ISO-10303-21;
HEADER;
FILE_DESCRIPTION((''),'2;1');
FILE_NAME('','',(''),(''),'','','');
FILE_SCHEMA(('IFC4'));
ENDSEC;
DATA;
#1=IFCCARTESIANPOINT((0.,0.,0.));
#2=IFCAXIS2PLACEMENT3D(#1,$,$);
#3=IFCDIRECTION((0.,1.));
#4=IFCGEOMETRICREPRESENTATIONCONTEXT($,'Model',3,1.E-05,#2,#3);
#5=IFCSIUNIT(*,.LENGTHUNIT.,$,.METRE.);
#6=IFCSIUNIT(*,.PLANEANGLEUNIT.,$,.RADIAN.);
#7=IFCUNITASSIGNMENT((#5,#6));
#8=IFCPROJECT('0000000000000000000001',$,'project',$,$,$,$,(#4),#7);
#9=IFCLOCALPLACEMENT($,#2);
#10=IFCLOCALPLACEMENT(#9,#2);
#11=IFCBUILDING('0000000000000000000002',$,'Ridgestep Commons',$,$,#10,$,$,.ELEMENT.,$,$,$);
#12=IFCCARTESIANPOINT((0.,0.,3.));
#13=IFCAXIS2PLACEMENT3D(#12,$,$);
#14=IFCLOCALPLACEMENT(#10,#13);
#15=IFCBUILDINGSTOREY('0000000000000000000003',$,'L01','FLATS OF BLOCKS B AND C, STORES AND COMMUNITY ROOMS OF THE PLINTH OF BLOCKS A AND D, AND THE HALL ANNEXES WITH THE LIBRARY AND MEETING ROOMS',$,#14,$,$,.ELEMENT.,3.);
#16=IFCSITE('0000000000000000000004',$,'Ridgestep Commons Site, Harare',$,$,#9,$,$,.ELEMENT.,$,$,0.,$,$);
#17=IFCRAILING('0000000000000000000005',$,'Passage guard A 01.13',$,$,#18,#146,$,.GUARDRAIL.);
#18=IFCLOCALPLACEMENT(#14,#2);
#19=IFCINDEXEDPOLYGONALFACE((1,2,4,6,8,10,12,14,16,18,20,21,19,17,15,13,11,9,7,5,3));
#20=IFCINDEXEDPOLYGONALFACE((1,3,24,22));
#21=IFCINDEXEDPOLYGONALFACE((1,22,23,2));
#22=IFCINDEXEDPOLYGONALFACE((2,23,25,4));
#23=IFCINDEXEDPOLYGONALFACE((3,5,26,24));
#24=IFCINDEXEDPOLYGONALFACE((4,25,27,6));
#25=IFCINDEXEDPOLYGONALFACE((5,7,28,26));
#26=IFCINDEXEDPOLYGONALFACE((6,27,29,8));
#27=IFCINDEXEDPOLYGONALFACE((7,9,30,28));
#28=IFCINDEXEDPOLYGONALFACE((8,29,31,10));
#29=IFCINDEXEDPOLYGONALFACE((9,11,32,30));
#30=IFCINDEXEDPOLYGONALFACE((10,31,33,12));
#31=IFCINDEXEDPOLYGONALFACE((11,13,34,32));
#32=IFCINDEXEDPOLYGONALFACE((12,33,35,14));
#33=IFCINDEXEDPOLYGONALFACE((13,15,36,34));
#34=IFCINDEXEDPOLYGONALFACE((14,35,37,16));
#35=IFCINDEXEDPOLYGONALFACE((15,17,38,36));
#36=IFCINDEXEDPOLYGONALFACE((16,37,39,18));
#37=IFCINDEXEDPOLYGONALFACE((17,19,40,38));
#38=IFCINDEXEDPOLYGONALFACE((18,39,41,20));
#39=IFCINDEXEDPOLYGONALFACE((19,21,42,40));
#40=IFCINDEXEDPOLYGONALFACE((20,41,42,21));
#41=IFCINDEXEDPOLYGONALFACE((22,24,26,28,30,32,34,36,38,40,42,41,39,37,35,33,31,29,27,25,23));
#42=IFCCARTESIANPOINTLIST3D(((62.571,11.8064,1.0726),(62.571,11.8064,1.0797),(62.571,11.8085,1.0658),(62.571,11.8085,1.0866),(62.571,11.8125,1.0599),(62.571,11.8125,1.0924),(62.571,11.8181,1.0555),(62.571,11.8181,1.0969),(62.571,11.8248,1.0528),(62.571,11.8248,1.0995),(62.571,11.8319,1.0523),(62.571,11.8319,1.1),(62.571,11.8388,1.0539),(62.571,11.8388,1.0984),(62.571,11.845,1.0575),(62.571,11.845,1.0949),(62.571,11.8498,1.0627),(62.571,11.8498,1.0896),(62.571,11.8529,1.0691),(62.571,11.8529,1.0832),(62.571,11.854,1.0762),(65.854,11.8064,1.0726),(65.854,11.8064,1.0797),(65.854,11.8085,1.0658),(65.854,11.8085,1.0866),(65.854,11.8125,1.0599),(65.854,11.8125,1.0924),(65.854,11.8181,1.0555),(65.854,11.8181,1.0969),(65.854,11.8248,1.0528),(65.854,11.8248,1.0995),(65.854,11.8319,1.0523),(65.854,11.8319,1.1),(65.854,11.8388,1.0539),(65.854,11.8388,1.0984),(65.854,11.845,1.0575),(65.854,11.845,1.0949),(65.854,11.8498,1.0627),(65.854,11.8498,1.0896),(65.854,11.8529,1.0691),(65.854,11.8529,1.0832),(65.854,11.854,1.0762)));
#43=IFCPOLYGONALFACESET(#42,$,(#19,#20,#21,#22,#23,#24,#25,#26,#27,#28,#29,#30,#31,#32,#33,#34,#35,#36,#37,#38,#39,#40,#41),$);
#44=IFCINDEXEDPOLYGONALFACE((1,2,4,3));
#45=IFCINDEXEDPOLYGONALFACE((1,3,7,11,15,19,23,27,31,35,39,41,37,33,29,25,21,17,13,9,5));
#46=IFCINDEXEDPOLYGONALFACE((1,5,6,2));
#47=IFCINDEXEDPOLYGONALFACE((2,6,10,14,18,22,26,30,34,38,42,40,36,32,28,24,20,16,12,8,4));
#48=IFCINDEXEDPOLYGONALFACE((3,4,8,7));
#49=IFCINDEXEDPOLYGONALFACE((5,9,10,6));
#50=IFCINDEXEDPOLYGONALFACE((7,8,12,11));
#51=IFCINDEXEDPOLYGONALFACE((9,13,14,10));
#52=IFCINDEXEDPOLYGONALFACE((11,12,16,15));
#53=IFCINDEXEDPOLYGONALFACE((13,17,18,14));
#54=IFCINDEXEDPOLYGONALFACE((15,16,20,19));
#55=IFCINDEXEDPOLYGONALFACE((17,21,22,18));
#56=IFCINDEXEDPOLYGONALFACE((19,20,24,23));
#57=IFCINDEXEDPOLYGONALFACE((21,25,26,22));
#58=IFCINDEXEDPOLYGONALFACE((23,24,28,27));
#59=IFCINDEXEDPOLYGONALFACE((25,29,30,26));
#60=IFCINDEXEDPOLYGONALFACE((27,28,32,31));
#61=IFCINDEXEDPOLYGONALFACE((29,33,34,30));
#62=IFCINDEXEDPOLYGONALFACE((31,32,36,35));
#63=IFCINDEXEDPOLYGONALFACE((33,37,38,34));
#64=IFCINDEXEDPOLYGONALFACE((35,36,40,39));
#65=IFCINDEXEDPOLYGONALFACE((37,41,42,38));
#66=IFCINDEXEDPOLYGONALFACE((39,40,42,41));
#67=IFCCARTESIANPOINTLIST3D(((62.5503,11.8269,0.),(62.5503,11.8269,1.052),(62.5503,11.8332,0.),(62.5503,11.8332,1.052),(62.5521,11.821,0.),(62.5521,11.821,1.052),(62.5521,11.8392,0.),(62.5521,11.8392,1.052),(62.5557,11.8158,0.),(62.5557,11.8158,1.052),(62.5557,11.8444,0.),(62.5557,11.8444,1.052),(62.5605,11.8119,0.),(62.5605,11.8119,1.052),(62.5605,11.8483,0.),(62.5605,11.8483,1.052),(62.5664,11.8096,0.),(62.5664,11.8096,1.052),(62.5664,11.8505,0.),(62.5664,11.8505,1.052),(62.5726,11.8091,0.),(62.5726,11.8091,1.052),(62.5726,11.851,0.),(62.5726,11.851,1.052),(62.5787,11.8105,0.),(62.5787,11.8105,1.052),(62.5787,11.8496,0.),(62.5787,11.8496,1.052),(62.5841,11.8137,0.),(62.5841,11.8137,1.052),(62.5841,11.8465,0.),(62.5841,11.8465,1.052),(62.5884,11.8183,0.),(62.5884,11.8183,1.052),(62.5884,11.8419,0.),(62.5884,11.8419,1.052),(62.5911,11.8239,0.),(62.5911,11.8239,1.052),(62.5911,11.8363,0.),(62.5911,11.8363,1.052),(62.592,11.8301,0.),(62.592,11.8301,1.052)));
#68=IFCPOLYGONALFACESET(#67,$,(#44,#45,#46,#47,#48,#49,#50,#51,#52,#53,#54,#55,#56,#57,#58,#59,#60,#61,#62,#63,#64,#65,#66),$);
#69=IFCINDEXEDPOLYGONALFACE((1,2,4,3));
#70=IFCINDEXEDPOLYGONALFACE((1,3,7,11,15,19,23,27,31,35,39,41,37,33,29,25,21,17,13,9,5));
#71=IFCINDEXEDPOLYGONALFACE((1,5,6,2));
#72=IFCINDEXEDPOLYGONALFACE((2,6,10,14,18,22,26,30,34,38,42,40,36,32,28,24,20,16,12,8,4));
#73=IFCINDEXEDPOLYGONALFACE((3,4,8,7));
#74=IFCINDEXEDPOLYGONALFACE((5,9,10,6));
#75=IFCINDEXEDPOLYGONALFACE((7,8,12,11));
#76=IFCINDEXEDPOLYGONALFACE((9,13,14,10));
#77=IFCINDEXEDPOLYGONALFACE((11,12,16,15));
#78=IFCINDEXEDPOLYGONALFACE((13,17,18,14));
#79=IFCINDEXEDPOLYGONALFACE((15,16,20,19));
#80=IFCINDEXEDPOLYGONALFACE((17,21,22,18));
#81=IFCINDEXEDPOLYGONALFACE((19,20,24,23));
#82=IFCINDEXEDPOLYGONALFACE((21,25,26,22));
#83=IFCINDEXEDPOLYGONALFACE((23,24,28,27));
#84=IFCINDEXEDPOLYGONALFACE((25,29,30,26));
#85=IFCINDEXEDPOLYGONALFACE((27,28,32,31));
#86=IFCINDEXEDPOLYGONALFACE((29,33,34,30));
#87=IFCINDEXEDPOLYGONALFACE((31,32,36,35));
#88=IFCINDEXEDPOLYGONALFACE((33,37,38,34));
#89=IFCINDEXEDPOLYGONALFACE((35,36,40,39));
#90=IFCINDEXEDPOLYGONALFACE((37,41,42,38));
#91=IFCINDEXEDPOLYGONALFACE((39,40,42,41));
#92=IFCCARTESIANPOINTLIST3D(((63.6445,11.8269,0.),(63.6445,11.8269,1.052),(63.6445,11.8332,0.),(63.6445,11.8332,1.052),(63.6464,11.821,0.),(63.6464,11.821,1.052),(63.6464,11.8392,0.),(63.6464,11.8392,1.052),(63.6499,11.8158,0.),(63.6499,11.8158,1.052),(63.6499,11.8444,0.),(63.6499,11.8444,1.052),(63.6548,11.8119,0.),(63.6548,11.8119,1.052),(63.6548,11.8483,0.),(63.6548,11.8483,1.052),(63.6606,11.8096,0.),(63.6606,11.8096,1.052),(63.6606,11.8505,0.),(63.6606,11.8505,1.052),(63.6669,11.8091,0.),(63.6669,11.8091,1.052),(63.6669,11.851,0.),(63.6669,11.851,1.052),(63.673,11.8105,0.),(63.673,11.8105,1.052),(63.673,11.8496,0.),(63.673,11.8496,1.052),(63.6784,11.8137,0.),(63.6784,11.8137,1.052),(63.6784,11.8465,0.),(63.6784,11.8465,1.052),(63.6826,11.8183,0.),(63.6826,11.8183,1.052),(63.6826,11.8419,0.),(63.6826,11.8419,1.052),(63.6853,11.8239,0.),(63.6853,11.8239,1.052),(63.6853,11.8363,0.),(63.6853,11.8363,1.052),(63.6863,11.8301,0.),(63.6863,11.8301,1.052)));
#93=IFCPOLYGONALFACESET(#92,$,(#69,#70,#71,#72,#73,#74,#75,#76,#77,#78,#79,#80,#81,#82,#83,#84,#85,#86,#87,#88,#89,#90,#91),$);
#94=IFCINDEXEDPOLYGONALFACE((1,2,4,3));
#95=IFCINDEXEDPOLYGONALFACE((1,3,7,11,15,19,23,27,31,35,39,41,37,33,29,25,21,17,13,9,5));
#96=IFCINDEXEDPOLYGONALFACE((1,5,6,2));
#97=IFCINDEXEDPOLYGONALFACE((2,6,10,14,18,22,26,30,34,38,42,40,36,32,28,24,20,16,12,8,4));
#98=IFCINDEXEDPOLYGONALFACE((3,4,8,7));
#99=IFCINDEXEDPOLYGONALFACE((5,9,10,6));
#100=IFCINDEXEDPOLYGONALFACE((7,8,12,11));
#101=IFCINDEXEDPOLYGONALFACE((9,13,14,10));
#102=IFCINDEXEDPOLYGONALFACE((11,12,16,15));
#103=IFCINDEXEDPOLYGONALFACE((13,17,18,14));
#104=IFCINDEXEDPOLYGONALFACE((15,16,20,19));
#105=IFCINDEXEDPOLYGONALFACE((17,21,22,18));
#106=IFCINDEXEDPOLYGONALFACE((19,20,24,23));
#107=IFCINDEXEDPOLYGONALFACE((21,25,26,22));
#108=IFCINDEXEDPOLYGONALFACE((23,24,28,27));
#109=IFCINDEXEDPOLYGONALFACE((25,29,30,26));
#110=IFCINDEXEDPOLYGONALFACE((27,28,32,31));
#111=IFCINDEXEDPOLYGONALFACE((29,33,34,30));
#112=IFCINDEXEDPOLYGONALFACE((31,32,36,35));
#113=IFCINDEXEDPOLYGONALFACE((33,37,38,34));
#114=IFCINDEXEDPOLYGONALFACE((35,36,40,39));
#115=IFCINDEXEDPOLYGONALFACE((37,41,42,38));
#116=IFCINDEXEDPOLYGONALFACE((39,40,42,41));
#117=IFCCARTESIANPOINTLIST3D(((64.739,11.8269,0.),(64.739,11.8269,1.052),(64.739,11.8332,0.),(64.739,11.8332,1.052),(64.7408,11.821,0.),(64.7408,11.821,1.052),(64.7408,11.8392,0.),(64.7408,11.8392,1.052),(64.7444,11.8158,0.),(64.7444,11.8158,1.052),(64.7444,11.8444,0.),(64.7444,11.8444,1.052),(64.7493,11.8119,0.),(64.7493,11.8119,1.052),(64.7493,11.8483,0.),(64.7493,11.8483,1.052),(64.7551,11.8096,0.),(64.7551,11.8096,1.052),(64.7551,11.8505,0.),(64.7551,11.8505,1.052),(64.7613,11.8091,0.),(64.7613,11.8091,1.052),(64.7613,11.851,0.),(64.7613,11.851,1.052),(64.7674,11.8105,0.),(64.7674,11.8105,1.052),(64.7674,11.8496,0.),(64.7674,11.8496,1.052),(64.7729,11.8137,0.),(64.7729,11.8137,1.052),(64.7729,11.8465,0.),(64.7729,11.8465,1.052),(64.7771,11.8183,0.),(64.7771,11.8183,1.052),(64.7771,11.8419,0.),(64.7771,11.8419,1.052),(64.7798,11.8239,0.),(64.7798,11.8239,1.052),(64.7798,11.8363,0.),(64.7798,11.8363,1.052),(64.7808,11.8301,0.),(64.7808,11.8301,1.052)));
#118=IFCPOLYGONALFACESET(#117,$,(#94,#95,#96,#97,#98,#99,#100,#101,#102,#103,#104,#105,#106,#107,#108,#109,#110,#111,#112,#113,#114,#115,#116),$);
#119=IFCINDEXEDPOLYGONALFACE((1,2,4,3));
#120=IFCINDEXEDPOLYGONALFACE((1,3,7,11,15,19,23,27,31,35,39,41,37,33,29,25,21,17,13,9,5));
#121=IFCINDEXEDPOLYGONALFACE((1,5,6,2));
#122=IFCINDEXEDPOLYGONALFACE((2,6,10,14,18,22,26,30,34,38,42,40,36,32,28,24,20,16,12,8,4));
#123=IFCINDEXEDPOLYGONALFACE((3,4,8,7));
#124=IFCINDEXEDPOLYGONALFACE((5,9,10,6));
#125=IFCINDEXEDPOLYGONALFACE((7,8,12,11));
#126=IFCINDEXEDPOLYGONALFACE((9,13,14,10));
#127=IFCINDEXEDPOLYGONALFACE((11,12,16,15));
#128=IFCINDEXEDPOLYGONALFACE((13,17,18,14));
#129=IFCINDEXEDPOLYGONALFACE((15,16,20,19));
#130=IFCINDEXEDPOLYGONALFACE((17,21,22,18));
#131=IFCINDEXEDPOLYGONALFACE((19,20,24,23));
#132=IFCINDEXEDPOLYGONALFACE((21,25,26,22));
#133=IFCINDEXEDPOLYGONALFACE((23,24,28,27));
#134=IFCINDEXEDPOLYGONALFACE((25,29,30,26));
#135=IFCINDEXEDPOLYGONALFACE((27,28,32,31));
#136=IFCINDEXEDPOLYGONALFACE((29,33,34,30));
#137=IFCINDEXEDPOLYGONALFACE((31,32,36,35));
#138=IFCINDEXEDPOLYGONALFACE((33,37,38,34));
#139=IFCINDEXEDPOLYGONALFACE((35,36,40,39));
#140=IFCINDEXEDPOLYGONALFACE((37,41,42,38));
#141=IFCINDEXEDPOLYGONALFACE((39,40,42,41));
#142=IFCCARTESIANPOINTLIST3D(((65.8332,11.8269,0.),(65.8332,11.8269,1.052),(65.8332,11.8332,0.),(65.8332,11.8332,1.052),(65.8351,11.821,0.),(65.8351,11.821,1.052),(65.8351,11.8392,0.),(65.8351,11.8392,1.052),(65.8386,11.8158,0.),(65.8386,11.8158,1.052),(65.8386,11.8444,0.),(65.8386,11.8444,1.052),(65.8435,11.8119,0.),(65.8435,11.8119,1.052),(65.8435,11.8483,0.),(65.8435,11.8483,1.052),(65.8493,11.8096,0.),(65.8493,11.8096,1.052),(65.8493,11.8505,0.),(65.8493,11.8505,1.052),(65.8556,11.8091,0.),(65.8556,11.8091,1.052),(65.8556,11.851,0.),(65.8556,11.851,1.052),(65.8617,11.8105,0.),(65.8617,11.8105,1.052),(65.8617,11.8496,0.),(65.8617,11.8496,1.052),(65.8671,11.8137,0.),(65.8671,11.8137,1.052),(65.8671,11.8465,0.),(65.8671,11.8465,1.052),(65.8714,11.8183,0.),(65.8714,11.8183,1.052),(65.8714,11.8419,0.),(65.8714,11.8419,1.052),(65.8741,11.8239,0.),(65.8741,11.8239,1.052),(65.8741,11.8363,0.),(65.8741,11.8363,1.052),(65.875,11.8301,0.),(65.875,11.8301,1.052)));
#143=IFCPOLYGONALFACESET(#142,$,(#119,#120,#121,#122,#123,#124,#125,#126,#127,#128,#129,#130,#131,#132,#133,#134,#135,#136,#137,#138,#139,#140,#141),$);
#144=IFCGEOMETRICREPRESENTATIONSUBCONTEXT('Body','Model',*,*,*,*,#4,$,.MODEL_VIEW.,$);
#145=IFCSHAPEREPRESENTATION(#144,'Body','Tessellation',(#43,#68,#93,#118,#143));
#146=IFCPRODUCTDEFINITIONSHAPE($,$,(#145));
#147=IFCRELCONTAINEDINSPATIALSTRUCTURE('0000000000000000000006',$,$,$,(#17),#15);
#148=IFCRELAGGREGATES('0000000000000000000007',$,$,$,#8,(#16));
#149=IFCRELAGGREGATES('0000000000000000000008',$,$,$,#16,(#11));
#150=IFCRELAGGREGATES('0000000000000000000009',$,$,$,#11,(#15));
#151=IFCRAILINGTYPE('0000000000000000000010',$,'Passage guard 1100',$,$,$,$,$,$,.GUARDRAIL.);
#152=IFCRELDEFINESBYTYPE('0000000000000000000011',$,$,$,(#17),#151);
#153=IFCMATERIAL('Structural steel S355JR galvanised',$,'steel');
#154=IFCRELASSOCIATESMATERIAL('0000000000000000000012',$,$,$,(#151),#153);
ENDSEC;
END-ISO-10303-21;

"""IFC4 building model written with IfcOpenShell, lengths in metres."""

from ifc_helpers import new_model, si_unit, direction, frame, origin, origin_2d, place, context, subcontext, project, spatial, circle, extrude, material, type_object, element, save


model = new_model("IFC4")

# Units and contexts
model_context = context("Model", 3, precision=1e-05, world=origin(), true_north=direction((0.0, 1.0)))
body_context = subcontext(model_context, "Body", "Model", "MODEL_VIEW")
ifc_project = project(units=[si_unit("LENGTHUNIT", "METRE"), si_unit("PLANEANGLEUNIT", "RADIAN")], contexts=[model_context])

# Site, building, storey
site_placement = place(None, origin())
site = spatial("IfcSite", under=ifc_project, at=site_placement, Name="Ridgestep Commons Site, Harare", CompositionType="ELEMENT", RefElevation=0.0)
building_placement = place(site_placement, origin())
building = spatial("IfcBuilding", under=site, at=building_placement, Name="Ridgestep Commons", CompositionType="ELEMENT")
storey_placement = place(building_placement, frame((0.0, 0.0, 3.0)))
storey = spatial("IfcBuildingStorey", under=building, at=storey_placement, Name="L01", Description="FLATS OF BLOCKS B AND C, STORES AND COMMUNITY ROOMS OF THE PLINTH OF BLOCKS A AND D, AND THE HALL ANNEXES WITH THE LIBRARY AND MEETING ROOMS", CompositionType="ELEMENT", Elevation=3.0)

# Railing
ifc_material_1 = material(Name="Structural steel S355JR galvanised", Category="steel")
railing_type = type_object("IfcRailingType", Name="Passage guard 1100", PredefinedType="GUARDRAIL", material=ifc_material_1)
for number, where, name in (
    (1, (62.571, 11.8301, 0.0), "Passage guard A 01.13"),
):
    element("IfcRailing", number, at=place(storey_placement, frame(where)), inside=storey, type_object=railing_type, Name=name, PredefinedType="GUARDRAIL", context=body_context, shape_type="SweptSolid", body=[
        extrude(circle(Radius=0.0239, at=origin_2d()), frame((0.0, 0.0, 1.0762), z_axis=(1.0, 0.0, 0.0), x_axis=(0.0, 1.0, 0.0)), (0.0, 0.0, 1.0), 3.283),
        extrude(circle(Radius=0.021, at=origin_2d()), origin(), (0.0, 0.0, 1.0), 1.052),
        extrude(circle(Radius=0.021, at=origin_2d()), frame((1.0942, 0.0, 0.0)), (0.0, 0.0, 1.0), 1.052),
        extrude(circle(Radius=0.021, at=origin_2d()), frame((2.1887, 0.0, 0.0)), (0.0, 0.0, 1.0), 1.052),
        extrude(circle(Radius=0.021, at=origin_2d()), frame((3.283, 0.0, 0.0)), (0.0, 0.0, 1.0), 1.052),
    ])

save(model, "model.ifc")
